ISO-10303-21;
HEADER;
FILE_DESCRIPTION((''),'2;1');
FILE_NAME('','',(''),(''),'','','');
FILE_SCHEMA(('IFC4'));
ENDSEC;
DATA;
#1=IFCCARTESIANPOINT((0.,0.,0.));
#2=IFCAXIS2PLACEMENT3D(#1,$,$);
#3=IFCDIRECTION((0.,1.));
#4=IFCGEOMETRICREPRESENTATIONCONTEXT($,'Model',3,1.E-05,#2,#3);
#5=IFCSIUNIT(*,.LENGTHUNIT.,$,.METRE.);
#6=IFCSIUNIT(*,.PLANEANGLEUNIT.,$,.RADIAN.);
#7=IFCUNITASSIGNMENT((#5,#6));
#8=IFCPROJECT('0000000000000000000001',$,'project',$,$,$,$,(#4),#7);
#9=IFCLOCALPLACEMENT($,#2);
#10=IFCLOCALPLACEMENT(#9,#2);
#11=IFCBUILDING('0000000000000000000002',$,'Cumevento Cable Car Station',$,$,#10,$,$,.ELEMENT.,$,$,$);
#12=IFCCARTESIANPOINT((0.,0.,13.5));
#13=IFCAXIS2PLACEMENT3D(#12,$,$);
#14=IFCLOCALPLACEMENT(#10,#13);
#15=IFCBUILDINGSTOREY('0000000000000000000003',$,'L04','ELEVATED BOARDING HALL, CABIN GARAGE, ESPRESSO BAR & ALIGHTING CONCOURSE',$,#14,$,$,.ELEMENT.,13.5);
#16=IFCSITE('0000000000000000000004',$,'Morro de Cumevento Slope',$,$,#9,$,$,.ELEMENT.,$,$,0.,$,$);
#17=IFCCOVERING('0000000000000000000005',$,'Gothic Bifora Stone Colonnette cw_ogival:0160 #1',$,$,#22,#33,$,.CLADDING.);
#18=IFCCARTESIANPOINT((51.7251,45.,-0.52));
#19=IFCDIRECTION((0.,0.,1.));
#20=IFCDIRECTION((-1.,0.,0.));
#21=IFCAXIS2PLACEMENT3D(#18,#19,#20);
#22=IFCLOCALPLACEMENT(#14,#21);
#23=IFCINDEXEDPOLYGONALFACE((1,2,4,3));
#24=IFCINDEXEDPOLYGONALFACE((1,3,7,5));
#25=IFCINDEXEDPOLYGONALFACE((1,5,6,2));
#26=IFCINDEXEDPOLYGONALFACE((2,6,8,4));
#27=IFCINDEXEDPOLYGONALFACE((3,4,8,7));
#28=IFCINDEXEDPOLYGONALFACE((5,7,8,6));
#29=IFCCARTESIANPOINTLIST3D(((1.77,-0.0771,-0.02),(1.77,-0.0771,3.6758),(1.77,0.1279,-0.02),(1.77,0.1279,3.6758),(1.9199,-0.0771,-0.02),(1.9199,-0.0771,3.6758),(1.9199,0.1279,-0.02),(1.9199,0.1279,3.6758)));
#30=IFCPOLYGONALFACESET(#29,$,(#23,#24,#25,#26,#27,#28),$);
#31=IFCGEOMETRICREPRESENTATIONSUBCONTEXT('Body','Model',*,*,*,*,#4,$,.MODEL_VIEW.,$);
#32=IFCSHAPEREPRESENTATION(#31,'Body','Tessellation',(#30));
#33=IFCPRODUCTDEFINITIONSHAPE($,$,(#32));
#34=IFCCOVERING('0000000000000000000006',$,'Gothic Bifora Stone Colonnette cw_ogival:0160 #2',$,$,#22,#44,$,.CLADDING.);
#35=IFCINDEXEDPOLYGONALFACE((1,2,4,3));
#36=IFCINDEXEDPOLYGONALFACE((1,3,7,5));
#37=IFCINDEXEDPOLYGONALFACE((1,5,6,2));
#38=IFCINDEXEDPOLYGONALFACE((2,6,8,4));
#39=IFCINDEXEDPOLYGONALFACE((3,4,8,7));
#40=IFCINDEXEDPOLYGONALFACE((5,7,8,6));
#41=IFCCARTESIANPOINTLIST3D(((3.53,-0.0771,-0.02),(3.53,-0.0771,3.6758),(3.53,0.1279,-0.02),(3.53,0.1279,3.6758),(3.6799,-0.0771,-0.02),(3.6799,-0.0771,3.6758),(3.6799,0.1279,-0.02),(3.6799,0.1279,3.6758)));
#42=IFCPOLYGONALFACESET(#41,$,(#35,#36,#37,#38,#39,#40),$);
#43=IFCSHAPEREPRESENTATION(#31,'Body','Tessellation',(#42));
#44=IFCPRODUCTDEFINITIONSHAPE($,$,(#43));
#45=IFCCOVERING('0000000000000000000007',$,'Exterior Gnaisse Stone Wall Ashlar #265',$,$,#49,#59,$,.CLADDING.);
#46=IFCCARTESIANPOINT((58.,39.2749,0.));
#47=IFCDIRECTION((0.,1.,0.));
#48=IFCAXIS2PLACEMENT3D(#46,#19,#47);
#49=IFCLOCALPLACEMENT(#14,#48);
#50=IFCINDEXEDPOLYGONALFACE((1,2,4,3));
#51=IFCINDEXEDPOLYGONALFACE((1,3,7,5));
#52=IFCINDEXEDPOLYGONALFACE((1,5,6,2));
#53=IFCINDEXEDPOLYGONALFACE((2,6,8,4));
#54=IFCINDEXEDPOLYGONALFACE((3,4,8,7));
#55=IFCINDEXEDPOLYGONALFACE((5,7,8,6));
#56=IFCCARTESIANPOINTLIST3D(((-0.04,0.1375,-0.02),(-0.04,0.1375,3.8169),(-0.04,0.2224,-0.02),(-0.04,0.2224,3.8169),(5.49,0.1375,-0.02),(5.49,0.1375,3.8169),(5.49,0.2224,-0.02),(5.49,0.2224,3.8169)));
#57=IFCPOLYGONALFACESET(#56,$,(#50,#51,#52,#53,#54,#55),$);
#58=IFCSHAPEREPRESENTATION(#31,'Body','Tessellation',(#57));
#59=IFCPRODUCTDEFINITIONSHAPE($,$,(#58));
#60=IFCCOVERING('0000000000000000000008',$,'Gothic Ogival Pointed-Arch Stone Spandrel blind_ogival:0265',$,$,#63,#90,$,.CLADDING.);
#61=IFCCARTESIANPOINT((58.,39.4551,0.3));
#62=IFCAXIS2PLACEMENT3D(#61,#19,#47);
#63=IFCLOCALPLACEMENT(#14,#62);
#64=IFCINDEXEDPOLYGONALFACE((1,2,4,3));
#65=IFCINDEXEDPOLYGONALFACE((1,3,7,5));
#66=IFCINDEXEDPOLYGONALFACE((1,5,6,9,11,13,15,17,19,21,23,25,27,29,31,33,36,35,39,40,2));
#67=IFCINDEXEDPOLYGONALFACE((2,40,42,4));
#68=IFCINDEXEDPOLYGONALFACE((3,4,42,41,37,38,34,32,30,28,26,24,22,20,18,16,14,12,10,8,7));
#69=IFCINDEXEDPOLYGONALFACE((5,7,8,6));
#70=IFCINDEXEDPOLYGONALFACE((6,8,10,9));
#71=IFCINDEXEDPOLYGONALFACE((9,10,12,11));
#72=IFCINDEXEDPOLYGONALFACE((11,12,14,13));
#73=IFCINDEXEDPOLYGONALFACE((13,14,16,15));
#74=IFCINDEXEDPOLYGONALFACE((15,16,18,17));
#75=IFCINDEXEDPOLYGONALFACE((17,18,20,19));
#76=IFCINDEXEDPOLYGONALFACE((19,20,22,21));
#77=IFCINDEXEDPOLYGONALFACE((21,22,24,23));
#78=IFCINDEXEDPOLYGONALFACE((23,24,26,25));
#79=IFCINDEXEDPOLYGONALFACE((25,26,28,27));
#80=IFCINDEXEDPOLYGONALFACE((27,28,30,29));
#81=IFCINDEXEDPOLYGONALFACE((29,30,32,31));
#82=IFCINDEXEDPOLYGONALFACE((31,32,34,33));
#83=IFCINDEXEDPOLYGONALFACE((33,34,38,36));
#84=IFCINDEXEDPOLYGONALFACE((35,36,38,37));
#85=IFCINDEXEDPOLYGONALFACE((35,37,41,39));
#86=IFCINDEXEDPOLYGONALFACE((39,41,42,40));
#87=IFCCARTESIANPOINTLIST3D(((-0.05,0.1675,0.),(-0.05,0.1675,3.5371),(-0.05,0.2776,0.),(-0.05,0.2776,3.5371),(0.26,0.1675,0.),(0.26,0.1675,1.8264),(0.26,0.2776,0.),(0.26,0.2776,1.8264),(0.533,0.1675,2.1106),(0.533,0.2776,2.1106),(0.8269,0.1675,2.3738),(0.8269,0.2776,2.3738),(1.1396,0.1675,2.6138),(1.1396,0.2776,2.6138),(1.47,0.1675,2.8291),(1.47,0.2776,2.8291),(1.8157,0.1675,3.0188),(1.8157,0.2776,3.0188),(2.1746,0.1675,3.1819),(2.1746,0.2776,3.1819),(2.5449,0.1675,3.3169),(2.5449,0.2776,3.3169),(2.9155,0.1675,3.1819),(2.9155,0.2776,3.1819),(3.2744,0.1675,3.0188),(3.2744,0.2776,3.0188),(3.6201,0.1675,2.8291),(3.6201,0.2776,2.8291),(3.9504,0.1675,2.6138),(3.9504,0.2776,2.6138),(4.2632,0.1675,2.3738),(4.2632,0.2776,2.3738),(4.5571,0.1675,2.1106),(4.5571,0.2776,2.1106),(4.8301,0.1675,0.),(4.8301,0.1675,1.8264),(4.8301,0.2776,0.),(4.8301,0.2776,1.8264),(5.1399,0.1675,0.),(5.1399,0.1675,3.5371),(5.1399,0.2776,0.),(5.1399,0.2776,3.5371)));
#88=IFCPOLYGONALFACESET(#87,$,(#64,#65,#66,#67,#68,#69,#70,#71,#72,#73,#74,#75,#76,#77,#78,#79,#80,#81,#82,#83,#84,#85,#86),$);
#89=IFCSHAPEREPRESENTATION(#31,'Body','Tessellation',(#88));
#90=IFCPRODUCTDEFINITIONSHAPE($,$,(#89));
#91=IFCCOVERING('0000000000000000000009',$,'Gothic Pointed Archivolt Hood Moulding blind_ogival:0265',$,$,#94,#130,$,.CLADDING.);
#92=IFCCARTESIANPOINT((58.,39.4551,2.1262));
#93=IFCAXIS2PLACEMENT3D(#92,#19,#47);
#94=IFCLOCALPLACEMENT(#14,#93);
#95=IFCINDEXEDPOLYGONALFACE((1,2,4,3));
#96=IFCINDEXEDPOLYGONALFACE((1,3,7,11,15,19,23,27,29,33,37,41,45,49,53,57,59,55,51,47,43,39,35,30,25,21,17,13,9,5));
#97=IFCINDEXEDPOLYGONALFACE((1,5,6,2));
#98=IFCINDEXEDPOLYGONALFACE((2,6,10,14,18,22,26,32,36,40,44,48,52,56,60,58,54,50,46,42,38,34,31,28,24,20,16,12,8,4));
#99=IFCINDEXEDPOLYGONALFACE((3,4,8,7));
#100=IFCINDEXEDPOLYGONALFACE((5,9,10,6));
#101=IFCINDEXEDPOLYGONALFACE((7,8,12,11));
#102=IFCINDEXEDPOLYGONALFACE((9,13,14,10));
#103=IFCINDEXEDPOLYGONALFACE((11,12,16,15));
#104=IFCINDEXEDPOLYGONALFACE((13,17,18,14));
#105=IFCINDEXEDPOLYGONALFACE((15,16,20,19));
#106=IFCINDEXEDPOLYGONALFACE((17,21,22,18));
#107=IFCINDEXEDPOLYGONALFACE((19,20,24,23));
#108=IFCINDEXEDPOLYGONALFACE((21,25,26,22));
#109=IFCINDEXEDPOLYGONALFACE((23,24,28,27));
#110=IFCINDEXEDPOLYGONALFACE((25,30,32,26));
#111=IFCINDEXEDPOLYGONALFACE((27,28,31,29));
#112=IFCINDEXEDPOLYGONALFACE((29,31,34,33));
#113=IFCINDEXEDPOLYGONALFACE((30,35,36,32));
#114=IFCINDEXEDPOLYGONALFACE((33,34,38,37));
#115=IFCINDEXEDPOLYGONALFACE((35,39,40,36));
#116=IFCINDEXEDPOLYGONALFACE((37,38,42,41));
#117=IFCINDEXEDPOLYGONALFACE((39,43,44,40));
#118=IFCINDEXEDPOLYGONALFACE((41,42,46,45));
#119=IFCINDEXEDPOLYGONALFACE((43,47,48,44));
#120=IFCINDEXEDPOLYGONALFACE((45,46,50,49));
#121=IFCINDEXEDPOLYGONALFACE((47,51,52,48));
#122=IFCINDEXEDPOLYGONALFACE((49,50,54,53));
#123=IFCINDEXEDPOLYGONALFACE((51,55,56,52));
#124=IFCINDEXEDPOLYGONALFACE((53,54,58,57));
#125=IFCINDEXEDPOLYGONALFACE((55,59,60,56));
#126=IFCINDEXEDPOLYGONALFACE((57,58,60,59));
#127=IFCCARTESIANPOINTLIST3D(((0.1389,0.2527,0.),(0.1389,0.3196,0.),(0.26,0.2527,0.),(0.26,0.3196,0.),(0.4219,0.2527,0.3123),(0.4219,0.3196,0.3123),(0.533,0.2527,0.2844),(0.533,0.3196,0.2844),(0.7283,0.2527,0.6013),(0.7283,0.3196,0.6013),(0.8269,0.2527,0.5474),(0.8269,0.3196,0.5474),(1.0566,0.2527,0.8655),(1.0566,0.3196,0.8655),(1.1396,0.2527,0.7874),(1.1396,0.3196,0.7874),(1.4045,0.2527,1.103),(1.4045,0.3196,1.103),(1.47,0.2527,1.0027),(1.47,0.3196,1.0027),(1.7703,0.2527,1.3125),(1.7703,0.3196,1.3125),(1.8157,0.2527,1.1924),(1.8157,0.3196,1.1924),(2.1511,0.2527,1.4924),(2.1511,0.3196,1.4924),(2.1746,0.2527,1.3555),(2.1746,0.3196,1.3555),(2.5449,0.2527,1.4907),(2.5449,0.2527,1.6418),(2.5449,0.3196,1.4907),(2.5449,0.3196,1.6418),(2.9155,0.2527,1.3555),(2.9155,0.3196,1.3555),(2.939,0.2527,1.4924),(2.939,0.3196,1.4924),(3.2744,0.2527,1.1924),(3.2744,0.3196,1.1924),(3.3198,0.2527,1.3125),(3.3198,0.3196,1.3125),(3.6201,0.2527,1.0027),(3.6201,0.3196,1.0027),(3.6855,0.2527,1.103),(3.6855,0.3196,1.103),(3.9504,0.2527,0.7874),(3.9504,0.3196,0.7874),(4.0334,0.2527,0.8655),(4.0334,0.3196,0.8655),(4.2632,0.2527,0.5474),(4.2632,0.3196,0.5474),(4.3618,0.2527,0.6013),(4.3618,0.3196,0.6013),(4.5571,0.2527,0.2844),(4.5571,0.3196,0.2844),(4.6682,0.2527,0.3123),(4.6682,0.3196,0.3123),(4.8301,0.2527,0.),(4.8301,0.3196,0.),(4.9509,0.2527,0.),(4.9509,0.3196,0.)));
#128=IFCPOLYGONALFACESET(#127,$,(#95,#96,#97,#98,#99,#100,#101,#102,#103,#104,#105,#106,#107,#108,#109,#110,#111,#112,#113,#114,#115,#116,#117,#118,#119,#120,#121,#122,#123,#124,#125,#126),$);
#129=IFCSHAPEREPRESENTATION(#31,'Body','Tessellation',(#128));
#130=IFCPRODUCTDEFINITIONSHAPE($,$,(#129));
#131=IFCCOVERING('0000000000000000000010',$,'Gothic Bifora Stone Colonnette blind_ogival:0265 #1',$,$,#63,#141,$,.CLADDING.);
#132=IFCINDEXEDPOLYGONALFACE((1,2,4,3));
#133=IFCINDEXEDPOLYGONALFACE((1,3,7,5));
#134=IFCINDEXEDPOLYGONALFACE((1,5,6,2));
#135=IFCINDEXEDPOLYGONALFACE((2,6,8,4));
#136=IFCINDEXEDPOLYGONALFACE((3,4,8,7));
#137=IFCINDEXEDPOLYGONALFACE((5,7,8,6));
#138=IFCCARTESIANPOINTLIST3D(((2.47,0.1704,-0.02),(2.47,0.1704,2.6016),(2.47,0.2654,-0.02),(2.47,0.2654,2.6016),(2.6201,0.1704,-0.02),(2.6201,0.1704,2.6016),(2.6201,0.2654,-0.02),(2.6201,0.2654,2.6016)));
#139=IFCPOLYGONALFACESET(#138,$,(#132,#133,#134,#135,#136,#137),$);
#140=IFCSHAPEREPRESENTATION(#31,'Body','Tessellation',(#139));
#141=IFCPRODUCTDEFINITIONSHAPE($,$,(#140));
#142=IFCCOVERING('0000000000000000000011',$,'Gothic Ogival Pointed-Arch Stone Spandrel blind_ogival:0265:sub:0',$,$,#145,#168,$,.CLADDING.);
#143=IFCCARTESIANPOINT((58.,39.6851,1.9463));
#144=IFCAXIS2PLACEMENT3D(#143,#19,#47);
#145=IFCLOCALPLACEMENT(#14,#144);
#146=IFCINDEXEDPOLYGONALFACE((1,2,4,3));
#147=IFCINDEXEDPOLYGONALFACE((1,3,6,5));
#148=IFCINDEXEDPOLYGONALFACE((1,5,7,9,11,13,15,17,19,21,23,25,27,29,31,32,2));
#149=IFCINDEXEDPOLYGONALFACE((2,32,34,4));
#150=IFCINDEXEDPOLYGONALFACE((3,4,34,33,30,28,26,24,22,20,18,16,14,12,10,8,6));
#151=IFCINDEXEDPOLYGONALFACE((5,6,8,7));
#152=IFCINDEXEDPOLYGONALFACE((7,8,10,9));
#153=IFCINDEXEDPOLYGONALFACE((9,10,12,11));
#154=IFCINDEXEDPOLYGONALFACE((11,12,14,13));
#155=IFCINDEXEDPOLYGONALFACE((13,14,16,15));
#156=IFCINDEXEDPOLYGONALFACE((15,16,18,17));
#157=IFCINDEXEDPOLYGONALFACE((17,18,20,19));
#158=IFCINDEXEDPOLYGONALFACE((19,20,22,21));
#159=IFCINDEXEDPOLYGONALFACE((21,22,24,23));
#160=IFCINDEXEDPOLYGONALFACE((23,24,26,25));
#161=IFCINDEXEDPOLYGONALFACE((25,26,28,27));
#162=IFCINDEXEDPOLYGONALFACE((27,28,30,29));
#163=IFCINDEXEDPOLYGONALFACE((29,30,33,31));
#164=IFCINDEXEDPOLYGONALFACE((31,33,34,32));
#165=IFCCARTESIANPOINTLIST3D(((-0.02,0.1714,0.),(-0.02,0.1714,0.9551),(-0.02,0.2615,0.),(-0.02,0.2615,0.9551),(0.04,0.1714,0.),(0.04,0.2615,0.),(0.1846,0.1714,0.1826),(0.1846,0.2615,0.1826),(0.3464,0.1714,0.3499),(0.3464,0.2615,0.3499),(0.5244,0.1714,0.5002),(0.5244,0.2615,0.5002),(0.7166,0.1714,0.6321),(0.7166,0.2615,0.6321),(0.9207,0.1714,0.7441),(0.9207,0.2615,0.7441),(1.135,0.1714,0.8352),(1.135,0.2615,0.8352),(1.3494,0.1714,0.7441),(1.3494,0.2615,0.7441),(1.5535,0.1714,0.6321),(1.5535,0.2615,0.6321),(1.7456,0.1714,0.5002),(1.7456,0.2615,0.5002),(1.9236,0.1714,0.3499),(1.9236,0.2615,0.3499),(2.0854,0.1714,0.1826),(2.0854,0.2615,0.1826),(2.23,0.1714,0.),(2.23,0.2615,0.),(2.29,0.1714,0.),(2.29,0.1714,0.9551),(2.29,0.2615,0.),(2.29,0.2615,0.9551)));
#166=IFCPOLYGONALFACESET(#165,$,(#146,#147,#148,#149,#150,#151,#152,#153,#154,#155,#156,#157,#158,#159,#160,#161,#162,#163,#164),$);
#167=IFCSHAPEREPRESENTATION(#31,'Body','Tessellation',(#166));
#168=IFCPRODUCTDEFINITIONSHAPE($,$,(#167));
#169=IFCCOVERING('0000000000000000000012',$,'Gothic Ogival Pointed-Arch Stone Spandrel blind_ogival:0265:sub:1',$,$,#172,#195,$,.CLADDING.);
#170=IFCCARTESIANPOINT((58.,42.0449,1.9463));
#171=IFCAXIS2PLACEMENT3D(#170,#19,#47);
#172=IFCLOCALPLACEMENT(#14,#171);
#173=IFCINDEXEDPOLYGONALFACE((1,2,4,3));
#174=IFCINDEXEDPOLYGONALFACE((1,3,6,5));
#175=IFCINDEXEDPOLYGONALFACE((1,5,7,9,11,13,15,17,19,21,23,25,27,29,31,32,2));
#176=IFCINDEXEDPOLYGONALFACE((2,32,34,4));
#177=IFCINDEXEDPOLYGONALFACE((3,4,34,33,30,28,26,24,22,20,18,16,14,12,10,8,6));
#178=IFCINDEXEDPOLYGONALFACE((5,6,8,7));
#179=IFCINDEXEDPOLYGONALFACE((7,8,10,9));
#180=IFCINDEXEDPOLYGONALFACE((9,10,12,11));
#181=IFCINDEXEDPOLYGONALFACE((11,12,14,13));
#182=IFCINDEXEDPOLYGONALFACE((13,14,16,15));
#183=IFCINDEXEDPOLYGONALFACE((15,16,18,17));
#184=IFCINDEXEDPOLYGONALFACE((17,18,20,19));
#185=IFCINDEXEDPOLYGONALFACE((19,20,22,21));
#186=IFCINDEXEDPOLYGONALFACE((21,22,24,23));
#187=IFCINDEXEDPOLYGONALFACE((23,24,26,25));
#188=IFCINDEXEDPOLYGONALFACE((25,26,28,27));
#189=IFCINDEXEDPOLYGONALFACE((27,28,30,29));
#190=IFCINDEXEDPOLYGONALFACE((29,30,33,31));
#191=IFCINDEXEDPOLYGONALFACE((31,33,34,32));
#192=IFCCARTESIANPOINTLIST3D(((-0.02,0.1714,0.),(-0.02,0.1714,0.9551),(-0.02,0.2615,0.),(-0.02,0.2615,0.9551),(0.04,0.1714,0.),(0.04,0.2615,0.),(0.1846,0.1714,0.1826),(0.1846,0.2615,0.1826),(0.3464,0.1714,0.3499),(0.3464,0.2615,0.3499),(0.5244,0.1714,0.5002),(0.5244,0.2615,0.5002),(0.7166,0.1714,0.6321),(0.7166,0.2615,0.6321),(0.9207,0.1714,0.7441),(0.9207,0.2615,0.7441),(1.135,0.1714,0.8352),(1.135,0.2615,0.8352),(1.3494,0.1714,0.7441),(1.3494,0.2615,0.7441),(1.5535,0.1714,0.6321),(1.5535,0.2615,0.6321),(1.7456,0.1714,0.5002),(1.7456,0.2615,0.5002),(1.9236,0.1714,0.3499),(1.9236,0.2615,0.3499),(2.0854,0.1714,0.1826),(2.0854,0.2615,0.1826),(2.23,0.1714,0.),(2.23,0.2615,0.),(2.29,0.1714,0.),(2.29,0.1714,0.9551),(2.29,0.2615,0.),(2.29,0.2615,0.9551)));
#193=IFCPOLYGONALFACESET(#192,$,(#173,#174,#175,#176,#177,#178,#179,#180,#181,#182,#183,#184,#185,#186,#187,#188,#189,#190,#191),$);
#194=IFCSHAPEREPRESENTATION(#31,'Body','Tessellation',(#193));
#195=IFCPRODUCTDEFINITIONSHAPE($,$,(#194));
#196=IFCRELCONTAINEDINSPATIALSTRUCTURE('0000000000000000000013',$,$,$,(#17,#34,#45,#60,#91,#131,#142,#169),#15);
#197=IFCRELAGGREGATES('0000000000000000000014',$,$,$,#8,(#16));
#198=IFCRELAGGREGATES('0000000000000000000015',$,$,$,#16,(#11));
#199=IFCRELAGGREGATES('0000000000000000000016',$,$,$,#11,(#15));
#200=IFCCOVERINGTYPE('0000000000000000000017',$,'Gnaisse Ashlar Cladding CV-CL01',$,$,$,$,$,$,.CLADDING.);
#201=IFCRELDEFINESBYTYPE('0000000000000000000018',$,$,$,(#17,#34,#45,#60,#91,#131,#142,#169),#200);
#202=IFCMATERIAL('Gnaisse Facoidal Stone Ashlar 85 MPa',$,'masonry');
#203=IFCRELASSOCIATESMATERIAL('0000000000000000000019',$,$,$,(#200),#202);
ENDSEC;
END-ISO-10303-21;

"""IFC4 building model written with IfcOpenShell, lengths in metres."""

from ifc_helpers import new_model, si_unit, direction, frame, origin, place, context, subcontext, project, spatial, polyline, outline, extrude, material, type_object, element, save


model = new_model("IFC4")

# Units and contexts
model_context = context("Model", 3, precision=1e-05, world=origin(), true_north=direction((0.0, 1.0)))
body_context = subcontext(model_context, "Body", "Model", "MODEL_VIEW")
ifc_project = project(units=[si_unit("LENGTHUNIT", "METRE"), si_unit("PLANEANGLEUNIT", "RADIAN")], contexts=[model_context])

# Site, building, storey
site_placement = place(None, origin())
site = spatial("IfcSite", under=ifc_project, at=site_placement, Name="Morro de Cumevento Slope", CompositionType="ELEMENT", RefElevation=0.0)
building_placement = place(site_placement, origin())
building = spatial("IfcBuilding", under=site, at=building_placement, Name="Cumevento Cable Car Station", CompositionType="ELEMENT")
storey_placement = place(building_placement, frame((0.0, 0.0, 13.5)))
storey = spatial("IfcBuildingStorey", under=building, at=storey_placement, Name="L04", Description="ELEVATED BOARDING HALL, CABIN GARAGE, ESPRESSO BAR & ALIGHTING CONCOURSE", CompositionType="ELEMENT", Elevation=13.5)

# Coverings
ifc_material_1 = material(Name="Gnaisse Facoidal Stone Ashlar 85 MPa", Category="masonry")
covering_type = type_object("IfcCoveringType", Name="Gnaisse Ashlar Cladding CV-CL01", PredefinedType="CLADDING", material=ifc_material_1)
placement_1 = place(storey_placement, frame((51.7251, 45.0, -0.52), z_axis=(0.0, 0.0, 1.0), x_axis=(-1.0, 0.0, 0.0)))
element("IfcCovering", 1, at=placement_1, inside=storey, type_object=covering_type, Name="Gothic Bifora Stone Colonnette cw_ogival:0160 #1", PredefinedType="CLADDING", context=body_context, shape_type="SweptSolid", body=[
    extrude(outline(polyline([(1.77, -0.02), (1.9199, -0.02), (1.9199, 3.6758), (1.77, 3.6758), (1.77, -0.02)])), frame((0.0, 0.1279, 0.0), z_axis=(0.0, -1.0, 0.0), x_axis=(1.0, 0.0, 0.0)), (0.0, 0.0, 1.0), 0.2051),
])
element("IfcCovering", 2, at=placement_1, inside=storey, type_object=covering_type, Name="Gothic Bifora Stone Colonnette cw_ogival:0160 #2", PredefinedType="CLADDING", context=body_context, shape_type="SweptSolid", body=[
    extrude(outline(polyline([(3.53, -0.02), (3.6799, -0.02), (3.6799, 3.6758), (3.53, 3.6758), (3.53, -0.02)])), frame((0.0, 0.1279, 0.0), z_axis=(0.0, -1.0, 0.0), x_axis=(1.0, 0.0, 0.0)), (0.0, 0.0, 1.0), 0.2051),
])
covering_1_placement = place(storey_placement, frame((58.0, 39.2749, 0.0), z_axis=(0.0, 0.0, 1.0), x_axis=(0.0, 1.0, 0.0)))
element("IfcCovering", 3, at=covering_1_placement, inside=storey, type_object=covering_type, Name="Exterior Gnaisse Stone Wall Ashlar #265", PredefinedType="CLADDING", context=body_context, shape_type="SweptSolid", body=[
    extrude(outline(polyline([(-0.04, -0.02), (5.49, -0.02), (5.49, 3.8169), (-0.04, 3.8169), (-0.04, -0.02)])), frame((0.0, 0.2224, 0.0), z_axis=(0.0, -1.0, 0.0), x_axis=(1.0, 0.0, 0.0)), (0.0, 0.0, 1.0), 0.085),
])
placement_2 = place(storey_placement, frame((58.0, 39.4551, 0.3), z_axis=(0.0, 0.0, 1.0), x_axis=(0.0, 1.0, 0.0)))
element("IfcCovering", 4, at=placement_2, inside=storey, type_object=covering_type, Name="Gothic Ogival Pointed-Arch Stone Spandrel blind_ogival:0265", PredefinedType="CLADDING", context=body_context, shape_type="SweptSolid", body=[
    extrude(outline(polyline([(-0.05, 0.0), (-0.05, 3.5371), (5.1399, 3.5371), (5.1399, 0.0), (4.8301, 0.0), (4.8301, 1.8264), (4.5571, 2.1106), (4.2632, 2.3738), (3.9504, 2.6138), (3.6201, 2.8291), (3.2744, 3.0188), (2.9155, 3.1819), (2.5449, 3.3169), (2.1746, 3.1819), (1.8157, 3.0188), (1.47, 2.8291), (1.1396, 2.6138), (0.8269, 2.3738), (0.533, 2.1106), (0.26, 1.8264), (0.26, 0.0), (-0.05, 0.0)])), frame((0.0, 0.2776, 0.0), z_axis=(0.0, -1.0, 0.0), x_axis=(1.0, 0.0, 0.0)), (0.0, 0.0, 1.0), 0.1101),
])
covering_2_placement = place(storey_placement, frame((58.0, 39.4551, 2.1262), z_axis=(0.0, 0.0, 1.0), x_axis=(0.0, 1.0, 0.0)))
element("IfcCovering", 5, at=covering_2_placement, inside=storey, type_object=covering_type, Name="Gothic Pointed Archivolt Hood Moulding blind_ogival:0265", PredefinedType="CLADDING", context=body_context, shape_type="SweptSolid", body=[
    extrude(outline(polyline([(0.26, 0.0), (0.533, 0.2844), (0.8269, 0.5474), (1.1396, 0.7874), (1.47, 1.0027), (1.8157, 1.1924), (2.1746, 1.3555), (2.5449, 1.4907), (2.9155, 1.3555), (3.2744, 1.1924), (3.6201, 1.0027), (3.9504, 0.7874), (4.2632, 0.5474), (4.5571, 0.2844), (4.8301, 0.0), (4.9509, 0.0), (4.6682, 0.3123), (4.3618, 0.6013), (4.0334, 0.8655), (3.6855, 1.103), (3.3198, 1.3125), (2.939, 1.4924), (2.5449, 1.6418), (2.1511, 1.4924), (1.7703, 1.3125), (1.4045, 1.103), (1.0566, 0.8655), (0.7283, 0.6013), (0.4219, 0.3123), (0.1389, 0.0), (0.26, 0.0)])), frame((0.0, 0.3196, 0.0), z_axis=(0.0, -1.0, 0.0), x_axis=(1.0, 0.0, 0.0)), (0.0, 0.0, 1.0), 0.0669),
])
element("IfcCovering", 6, at=placement_2, inside=storey, type_object=covering_type, Name="Gothic Bifora Stone Colonnette blind_ogival:0265 #1", PredefinedType="CLADDING", context=body_context, shape_type="SweptSolid", body=[
    extrude(outline(polyline([(2.47, -0.02), (2.6201, -0.02), (2.6201, 2.6016), (2.47, 2.6016), (2.47, -0.02)])), frame((0.0, 0.2654, 0.0), z_axis=(0.0, -1.0, 0.0), x_axis=(1.0, 0.0, 0.0)), (0.0, 0.0, 1.0), 0.095),
])
for number, where, z_axis, x_axis, name in (
    (7, (58.0, 39.6851, 1.9463), (0.0, 0.0, 1.0), (0.0, 1.0, 0.0), "Gothic Ogival Pointed-Arch Stone Spandrel blind_ogival:0265:sub:0"),
    (8, (58.0, 42.0449, 1.9463), (0.0, 0.0, 1.0), (0.0, 1.0, 0.0), "Gothic Ogival Pointed-Arch Stone Spandrel blind_ogival:0265:sub:1"),
):
    element("IfcCovering", number, at=place(storey_placement, frame(where, z_axis=z_axis, x_axis=x_axis)), inside=storey, type_object=covering_type, Name=name, PredefinedType="CLADDING", context=body_context, shape_type="SweptSolid", body=[
        extrude(outline(polyline([(-0.02, 0.0), (-0.02, 0.9551), (2.29, 0.9551), (2.29, 0.0), (2.23, 0.0), (2.0854, 0.1826), (1.9236, 0.3499), (1.7456, 0.5002), (1.5535, 0.6321), (1.3494, 0.7441), (1.135, 0.8352), (0.9207, 0.7441), (0.7166, 0.6321), (0.5244, 0.5002), (0.3464, 0.3499), (0.1846, 0.1826), (0.04, 0.0), (-0.02, 0.0)])), frame((0.0, 0.2615, 0.0), z_axis=(0.0, -1.0, 0.0), x_axis=(1.0, 0.0, 0.0)), (0.0, 0.0, 1.0), 0.0901),
    ])

save(model, "model.ifc")
